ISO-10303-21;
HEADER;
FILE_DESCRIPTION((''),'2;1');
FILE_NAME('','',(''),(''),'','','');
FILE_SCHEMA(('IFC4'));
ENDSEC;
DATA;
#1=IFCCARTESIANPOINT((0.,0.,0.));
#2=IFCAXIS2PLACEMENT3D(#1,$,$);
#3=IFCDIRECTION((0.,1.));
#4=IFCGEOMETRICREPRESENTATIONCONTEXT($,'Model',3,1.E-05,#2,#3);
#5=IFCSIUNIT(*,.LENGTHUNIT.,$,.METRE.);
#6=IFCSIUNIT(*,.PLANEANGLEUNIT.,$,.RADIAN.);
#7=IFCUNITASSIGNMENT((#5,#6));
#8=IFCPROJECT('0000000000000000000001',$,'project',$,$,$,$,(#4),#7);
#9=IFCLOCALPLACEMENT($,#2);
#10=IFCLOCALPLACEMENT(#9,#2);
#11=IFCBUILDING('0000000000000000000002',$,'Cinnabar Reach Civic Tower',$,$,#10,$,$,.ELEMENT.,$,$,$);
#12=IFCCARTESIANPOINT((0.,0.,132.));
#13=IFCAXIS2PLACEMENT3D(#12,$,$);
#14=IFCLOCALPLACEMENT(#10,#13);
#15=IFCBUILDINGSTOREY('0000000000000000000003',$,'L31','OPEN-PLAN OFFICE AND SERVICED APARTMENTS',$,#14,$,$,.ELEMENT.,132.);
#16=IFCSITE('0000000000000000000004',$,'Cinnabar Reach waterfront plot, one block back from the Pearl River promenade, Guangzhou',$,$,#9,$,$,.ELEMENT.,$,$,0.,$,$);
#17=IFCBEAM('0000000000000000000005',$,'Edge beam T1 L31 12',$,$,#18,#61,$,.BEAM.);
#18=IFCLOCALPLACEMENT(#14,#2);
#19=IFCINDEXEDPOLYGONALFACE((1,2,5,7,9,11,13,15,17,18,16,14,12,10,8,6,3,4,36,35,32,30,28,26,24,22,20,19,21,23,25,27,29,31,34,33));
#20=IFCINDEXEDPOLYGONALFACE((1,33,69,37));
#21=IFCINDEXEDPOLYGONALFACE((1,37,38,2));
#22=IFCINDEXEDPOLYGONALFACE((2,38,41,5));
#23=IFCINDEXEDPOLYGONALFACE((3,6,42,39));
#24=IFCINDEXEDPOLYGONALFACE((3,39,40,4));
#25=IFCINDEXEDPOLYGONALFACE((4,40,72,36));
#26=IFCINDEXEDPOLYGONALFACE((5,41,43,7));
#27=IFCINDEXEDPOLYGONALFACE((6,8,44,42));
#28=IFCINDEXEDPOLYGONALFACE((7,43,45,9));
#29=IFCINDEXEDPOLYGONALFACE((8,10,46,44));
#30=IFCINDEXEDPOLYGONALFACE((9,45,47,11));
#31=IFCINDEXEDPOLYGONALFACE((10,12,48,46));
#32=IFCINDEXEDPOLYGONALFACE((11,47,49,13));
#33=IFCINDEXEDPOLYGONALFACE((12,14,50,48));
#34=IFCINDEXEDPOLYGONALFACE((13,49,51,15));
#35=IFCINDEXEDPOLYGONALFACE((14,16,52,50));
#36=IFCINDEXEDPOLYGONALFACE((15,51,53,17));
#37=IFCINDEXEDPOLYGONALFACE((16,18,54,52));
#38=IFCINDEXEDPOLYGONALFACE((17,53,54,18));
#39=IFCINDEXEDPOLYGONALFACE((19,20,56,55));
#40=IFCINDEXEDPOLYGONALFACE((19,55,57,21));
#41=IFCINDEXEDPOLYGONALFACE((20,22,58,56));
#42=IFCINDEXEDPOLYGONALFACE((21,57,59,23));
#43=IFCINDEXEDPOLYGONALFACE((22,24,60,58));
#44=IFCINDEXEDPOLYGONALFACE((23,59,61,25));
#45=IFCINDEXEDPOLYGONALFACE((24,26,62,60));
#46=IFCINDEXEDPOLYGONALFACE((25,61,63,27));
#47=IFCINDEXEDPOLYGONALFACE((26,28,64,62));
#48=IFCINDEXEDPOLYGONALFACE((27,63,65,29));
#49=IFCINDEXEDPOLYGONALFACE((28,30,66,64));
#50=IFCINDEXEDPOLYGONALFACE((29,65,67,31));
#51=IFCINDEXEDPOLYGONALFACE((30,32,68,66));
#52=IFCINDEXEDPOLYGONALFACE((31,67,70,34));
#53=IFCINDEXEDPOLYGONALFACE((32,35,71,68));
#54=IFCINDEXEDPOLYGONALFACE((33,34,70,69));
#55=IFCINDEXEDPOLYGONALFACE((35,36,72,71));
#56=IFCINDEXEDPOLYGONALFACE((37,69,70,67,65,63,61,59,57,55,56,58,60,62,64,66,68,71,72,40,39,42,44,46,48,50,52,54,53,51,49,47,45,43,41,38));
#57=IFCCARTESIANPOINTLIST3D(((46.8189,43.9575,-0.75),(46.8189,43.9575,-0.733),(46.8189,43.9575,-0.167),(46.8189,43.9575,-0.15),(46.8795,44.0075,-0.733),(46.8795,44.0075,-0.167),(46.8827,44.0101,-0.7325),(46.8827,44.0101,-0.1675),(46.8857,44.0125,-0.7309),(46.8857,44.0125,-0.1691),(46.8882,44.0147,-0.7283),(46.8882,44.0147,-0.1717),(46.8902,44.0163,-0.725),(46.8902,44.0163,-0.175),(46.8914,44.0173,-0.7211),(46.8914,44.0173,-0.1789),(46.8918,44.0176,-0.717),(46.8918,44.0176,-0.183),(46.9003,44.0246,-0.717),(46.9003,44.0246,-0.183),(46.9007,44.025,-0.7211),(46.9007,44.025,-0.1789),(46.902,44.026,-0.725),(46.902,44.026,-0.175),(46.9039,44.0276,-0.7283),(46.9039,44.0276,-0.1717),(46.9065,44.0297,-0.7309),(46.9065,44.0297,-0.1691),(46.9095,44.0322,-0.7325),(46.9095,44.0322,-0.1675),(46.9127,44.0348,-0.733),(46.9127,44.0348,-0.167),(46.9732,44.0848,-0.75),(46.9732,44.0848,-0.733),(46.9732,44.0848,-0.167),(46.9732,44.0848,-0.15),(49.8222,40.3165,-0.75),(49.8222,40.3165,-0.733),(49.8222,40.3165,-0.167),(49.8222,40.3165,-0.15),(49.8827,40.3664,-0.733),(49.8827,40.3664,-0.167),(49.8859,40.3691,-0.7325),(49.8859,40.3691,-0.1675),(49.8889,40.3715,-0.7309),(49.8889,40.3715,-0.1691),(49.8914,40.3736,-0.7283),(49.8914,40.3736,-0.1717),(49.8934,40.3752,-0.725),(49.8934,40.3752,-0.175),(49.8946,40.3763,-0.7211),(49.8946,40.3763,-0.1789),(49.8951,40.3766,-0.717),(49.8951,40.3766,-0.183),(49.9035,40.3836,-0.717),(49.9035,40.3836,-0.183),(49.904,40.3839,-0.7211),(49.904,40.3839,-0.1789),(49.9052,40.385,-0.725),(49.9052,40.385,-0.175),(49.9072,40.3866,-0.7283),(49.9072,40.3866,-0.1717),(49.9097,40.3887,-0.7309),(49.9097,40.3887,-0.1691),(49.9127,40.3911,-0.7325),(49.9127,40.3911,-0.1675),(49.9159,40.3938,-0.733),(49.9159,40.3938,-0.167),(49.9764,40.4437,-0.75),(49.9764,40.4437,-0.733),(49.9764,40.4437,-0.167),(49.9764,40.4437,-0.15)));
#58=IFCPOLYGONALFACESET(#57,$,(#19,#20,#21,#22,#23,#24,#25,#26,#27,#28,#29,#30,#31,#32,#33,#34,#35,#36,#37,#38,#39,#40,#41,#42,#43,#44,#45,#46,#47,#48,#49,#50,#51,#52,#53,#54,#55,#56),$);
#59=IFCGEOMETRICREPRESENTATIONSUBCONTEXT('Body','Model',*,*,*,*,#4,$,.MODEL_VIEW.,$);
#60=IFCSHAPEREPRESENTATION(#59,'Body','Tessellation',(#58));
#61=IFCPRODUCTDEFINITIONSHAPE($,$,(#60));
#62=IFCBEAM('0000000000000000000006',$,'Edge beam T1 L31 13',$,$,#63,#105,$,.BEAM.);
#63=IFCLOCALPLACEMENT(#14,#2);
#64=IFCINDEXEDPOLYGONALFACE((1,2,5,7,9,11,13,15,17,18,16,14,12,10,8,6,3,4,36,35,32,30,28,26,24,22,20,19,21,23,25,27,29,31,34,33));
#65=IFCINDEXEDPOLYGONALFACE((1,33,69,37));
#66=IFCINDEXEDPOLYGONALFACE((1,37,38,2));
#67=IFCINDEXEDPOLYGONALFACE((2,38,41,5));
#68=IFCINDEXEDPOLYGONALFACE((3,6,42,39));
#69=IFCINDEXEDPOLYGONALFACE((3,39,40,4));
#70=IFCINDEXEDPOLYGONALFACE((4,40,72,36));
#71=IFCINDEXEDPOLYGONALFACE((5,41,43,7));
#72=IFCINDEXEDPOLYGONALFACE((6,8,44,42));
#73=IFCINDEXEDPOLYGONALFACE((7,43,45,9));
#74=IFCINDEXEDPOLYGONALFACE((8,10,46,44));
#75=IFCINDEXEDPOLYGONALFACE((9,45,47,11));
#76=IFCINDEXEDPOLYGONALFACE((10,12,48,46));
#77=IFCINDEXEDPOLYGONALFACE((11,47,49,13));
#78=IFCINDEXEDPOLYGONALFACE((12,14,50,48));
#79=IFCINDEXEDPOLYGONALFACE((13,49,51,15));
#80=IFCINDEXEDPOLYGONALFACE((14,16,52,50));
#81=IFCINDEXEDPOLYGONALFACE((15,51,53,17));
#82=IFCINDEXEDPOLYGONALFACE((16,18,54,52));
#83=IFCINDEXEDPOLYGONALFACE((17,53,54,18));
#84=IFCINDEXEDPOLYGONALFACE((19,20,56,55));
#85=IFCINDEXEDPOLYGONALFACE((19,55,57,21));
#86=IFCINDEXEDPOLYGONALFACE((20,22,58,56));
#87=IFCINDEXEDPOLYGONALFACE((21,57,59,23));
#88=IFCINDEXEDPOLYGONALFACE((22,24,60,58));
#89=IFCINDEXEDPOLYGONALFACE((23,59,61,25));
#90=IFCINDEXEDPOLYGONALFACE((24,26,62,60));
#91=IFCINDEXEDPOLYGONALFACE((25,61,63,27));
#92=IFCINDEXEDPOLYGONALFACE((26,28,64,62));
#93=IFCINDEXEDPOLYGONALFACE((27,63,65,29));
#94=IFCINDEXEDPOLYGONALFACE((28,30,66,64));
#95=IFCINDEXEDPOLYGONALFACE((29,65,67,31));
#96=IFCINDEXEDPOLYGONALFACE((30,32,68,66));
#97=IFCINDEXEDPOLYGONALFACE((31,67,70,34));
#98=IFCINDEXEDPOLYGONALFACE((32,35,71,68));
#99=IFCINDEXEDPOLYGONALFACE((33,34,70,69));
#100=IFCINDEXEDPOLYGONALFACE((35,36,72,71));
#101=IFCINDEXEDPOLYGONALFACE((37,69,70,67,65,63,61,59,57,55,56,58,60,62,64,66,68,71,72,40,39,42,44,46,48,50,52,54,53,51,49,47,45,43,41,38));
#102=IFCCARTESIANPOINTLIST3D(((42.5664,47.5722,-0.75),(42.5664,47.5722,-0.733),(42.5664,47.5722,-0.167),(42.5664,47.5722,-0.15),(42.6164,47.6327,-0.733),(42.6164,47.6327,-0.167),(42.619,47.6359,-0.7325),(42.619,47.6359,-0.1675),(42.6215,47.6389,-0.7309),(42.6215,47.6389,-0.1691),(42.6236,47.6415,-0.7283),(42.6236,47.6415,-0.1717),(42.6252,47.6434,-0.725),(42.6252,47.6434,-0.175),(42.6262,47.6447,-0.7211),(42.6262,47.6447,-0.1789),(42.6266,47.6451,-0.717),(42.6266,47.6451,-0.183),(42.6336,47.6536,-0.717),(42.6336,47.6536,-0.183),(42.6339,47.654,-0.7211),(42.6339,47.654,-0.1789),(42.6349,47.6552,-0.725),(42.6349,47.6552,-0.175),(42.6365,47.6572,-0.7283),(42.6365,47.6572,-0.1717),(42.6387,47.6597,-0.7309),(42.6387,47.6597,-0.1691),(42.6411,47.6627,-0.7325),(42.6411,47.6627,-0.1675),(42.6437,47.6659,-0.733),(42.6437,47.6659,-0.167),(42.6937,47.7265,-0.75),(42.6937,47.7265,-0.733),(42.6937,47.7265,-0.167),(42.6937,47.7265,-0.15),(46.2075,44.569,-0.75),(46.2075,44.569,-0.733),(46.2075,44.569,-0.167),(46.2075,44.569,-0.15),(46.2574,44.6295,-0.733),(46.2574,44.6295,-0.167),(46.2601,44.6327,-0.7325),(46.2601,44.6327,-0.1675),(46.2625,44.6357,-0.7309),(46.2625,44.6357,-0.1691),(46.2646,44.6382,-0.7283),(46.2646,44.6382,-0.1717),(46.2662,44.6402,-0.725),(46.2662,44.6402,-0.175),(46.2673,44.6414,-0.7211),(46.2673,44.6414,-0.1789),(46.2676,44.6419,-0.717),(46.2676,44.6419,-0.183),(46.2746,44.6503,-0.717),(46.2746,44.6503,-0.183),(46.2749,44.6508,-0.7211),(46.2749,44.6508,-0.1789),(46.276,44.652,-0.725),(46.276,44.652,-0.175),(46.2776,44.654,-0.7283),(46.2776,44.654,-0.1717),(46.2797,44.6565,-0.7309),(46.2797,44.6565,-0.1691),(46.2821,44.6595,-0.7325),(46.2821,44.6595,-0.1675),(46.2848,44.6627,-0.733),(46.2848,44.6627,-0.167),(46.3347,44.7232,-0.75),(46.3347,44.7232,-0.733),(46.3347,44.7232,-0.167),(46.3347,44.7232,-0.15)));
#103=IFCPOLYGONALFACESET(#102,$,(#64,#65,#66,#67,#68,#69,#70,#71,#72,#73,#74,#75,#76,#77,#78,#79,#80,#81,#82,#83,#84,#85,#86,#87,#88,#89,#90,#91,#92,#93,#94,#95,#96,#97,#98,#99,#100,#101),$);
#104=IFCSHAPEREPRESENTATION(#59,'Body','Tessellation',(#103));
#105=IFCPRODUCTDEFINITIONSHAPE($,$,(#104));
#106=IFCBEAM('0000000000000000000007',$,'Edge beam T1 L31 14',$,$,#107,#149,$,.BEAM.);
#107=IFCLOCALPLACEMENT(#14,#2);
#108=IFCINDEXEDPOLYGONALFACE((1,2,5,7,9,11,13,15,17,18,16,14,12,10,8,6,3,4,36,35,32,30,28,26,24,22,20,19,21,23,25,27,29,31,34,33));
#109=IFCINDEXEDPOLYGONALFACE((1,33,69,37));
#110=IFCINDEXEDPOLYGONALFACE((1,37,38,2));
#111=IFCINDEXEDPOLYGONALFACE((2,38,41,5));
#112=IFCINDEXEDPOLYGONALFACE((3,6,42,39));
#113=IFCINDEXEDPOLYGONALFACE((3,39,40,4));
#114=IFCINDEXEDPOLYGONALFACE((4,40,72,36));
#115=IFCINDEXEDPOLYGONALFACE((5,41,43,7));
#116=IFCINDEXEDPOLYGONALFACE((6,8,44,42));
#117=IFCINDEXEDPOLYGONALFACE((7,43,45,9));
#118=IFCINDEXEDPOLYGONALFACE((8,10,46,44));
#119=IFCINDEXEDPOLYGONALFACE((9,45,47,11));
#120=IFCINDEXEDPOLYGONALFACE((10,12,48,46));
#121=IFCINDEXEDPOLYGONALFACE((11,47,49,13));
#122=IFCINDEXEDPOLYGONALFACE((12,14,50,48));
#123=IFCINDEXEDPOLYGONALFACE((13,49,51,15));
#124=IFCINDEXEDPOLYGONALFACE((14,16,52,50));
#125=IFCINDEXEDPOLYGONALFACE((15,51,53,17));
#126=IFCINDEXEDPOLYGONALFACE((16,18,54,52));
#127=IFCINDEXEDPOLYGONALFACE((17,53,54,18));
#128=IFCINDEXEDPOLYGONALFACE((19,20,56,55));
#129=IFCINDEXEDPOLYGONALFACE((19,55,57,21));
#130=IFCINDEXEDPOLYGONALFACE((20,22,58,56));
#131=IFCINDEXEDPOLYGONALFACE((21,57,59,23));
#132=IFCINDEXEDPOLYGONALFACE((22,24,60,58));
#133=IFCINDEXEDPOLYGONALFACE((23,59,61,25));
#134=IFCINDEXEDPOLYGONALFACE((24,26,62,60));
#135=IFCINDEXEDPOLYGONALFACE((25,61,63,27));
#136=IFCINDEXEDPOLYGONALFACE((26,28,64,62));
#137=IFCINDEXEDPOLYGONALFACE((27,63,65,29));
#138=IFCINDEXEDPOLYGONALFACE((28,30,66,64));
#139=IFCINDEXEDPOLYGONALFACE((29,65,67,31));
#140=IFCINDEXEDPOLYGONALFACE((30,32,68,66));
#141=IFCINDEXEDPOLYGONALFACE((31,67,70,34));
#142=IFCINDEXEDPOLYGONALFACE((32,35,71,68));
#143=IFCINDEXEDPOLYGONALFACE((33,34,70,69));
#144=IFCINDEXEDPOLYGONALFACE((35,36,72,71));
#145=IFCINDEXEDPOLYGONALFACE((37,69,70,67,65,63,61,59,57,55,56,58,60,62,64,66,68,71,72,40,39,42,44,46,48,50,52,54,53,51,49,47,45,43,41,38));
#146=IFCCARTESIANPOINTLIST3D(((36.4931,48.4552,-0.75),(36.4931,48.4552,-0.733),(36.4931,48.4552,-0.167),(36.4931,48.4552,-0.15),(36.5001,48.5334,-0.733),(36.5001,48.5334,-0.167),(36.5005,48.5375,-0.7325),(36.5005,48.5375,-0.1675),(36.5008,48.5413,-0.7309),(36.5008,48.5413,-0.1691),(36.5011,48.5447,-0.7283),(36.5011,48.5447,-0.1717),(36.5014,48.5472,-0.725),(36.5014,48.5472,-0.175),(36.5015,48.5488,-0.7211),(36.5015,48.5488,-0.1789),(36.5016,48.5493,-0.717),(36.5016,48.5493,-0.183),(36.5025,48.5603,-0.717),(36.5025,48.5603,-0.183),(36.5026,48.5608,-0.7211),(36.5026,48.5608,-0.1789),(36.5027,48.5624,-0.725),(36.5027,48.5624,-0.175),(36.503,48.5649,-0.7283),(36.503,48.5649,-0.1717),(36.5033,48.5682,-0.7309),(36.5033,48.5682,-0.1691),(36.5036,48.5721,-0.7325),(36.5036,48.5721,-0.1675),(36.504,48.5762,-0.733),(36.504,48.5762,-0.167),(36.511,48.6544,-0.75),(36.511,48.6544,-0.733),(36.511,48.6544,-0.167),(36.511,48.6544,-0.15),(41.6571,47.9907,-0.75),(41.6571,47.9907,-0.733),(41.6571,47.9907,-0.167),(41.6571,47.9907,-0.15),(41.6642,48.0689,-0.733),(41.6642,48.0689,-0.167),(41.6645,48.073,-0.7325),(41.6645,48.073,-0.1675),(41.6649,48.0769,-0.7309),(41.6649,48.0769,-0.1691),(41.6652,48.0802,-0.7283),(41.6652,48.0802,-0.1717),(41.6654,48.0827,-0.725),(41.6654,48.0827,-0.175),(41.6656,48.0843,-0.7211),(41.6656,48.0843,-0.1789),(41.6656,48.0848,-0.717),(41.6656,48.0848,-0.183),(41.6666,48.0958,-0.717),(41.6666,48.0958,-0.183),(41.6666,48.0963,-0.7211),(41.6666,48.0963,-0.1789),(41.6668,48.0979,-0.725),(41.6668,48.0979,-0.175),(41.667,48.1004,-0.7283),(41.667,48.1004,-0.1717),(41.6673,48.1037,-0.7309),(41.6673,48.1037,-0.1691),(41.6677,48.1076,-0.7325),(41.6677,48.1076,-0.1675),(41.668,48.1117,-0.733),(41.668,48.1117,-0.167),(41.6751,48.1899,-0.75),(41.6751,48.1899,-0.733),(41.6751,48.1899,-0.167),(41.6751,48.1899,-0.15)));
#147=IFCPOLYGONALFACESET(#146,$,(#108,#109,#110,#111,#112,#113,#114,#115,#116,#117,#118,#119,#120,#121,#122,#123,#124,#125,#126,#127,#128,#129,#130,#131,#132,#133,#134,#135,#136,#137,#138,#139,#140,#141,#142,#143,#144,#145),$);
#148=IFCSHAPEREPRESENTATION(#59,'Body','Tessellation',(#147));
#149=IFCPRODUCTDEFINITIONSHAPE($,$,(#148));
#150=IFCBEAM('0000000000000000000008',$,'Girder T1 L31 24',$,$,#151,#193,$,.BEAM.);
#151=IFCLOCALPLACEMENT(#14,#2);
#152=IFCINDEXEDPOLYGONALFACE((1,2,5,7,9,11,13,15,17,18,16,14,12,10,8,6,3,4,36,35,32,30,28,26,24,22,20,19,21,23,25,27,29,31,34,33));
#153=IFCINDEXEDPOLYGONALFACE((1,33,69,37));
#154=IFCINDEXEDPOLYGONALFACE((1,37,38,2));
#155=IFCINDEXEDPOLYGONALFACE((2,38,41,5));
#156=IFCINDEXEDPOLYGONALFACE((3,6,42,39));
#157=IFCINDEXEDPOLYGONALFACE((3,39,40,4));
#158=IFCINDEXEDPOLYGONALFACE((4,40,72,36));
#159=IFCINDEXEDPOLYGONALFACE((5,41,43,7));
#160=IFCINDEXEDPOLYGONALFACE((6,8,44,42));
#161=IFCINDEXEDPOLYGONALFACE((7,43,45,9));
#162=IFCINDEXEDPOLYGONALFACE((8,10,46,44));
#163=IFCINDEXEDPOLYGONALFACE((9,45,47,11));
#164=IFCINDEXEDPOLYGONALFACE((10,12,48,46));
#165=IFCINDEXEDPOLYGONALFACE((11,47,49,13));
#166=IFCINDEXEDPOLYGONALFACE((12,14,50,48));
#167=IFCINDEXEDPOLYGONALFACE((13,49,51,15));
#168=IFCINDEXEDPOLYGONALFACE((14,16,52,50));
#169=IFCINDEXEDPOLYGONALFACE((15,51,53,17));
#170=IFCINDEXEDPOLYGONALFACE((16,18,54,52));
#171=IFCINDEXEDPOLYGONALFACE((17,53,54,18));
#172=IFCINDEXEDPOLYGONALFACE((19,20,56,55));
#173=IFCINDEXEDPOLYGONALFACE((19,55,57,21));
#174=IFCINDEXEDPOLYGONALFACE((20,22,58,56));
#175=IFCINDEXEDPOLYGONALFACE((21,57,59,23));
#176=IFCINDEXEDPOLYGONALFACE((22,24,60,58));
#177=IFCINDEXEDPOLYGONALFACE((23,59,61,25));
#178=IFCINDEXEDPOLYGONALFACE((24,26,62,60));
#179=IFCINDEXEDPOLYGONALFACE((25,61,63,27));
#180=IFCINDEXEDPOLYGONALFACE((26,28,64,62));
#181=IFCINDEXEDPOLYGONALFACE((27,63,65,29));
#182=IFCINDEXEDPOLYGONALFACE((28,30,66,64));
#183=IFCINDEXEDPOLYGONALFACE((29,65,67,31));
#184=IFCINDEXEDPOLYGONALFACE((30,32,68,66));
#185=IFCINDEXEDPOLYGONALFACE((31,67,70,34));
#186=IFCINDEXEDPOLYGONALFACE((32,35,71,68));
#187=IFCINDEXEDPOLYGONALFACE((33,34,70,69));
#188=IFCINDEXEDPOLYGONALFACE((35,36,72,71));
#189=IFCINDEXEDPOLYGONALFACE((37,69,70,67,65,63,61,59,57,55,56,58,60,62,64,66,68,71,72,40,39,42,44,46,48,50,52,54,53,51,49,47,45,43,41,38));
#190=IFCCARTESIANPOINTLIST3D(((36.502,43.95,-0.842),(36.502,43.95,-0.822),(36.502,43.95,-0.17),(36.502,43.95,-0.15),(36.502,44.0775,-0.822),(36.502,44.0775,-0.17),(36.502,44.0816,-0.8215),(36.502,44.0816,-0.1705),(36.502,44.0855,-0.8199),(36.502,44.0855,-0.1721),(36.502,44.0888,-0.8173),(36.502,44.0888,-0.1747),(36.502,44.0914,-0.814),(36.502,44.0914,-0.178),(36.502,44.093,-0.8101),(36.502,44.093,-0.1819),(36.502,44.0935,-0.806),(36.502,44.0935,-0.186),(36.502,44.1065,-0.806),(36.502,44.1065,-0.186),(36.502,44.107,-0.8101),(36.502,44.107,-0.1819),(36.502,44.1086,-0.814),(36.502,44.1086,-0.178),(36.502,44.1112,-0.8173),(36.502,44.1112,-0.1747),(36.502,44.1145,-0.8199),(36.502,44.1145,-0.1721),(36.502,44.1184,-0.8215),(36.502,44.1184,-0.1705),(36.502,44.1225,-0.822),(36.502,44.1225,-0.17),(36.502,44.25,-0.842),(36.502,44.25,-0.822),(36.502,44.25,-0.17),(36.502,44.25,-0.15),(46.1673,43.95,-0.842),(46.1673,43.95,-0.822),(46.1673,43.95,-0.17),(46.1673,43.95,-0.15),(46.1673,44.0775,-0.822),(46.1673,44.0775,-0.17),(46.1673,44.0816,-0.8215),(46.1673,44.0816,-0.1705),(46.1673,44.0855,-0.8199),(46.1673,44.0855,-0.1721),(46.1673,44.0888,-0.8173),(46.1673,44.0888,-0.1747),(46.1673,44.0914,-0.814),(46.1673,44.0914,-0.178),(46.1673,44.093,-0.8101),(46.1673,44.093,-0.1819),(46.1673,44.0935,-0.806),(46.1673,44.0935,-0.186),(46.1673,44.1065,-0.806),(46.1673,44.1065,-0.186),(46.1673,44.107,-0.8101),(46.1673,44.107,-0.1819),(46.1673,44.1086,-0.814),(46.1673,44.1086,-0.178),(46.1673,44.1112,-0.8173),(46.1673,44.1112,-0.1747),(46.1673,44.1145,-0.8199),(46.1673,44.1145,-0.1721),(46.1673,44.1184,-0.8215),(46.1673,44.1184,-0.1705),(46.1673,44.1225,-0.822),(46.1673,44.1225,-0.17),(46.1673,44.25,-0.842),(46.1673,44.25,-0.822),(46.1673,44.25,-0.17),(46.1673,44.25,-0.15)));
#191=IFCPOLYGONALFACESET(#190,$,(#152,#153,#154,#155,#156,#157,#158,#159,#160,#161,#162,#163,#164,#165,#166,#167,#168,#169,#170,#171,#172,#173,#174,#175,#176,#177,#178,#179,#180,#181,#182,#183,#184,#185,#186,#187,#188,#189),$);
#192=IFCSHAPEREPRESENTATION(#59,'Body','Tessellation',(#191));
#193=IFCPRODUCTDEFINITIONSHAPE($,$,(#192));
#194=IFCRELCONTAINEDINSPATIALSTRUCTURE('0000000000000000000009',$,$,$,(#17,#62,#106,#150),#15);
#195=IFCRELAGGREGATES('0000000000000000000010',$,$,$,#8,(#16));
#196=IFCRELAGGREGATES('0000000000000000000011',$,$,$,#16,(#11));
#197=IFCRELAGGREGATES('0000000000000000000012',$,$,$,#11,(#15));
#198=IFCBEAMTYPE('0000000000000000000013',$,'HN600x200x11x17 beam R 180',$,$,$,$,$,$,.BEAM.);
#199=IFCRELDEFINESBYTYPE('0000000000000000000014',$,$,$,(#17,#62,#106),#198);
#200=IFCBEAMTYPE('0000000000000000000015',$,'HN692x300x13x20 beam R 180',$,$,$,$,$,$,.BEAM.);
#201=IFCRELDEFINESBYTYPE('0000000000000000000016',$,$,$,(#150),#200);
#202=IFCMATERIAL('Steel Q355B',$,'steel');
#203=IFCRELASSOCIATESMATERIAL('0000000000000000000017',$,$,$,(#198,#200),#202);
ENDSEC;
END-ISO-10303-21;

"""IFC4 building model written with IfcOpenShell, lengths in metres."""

from ifc_helpers import new_model, si_unit, direction, frame, origin, origin_2d, place, context, subcontext, project, spatial, i_section, extrude, material, material_profile, profile_set, type_object, element, save


model = new_model("IFC4")

# Units and contexts
model_context = context("Model", 3, precision=1e-05, world=origin(), true_north=direction((0.0, 1.0)))
body_context = subcontext(model_context, "Body", "Model", "MODEL_VIEW")
ifc_project = project(units=[si_unit("LENGTHUNIT", "METRE"), si_unit("PLANEANGLEUNIT", "RADIAN")], contexts=[model_context])

# Site, building, storey
site_placement = place(None, origin())
site = spatial("IfcSite", under=ifc_project, at=site_placement, Name="Cinnabar Reach waterfront plot, one block back from the Pearl River promenade, Guangzhou", CompositionType="ELEMENT", RefElevation=0.0)
building_placement = place(site_placement, origin())
building = spatial("IfcBuilding", under=site, at=building_placement, Name="Cinnabar Reach Civic Tower", CompositionType="ELEMENT")
storey_placement = place(building_placement, frame((0.0, 0.0, 132.0)))
storey = spatial("IfcBuildingStorey", under=building, at=storey_placement, Name="L31", Description="OPEN-PLAN OFFICE AND SERVICED APARTMENTS", CompositionType="ELEMENT", Elevation=132.0)

# Beams
ifc_material_1 = material(Name="Steel Q355B", Category="steel")
ifc_material_profile_1 = material_profile(ifc_material_1, i_section(OverallWidth=0.2, OverallDepth=0.6, WebThickness=0.011, FlangeThickness=0.017, FilletRadius=0.016, at=origin_2d()), Name="HN600x200x11x17")
ifc_profile_set_1 = profile_set([ifc_material_profile_1], Name="Steel Q355B")
beam_type_1 = type_object("IfcBeamType", Name="HN600x200x11x17 beam R 180", PredefinedType="BEAM", material=ifc_profile_set_1)
for number, where, z_axis, x_axis, name in (
    (1, (49.8993, 40.3801, -0.45), (-0.636304, 0.771438, 0.0), (-0.771438, -0.636304, 0.0), "Edge beam T1 L31 12"),
    (2, (46.2711, 44.6461, -0.45), (-0.771438, 0.636304, 0.0), (-0.636304, -0.771438, 0.0), "Edge beam T1 L31 13"),
):
    element("IfcBeam", number, at=place(storey_placement, frame(where, z_axis=z_axis, x_axis=x_axis)), inside=storey, type_object=beam_type_1, Name=name, PredefinedType="BEAM", context=body_context, shape_type="SweptSolid", body=[
        extrude(i_section(OverallWidth=0.2, OverallDepth=0.6, WebThickness=0.011, FlangeThickness=0.017, FilletRadius=0.016, at=origin_2d()), origin(), (0.0, 0.0, 1.0), 4.7198),
    ])
beam_1_placement = place(storey_placement, frame((41.6661, 48.0903, -0.45), z_axis=(-0.995979, 0.089586, 0.0), x_axis=(-0.089586, -0.995979, 0.0)))
element("IfcBeam", 3, at=beam_1_placement, inside=storey, type_object=beam_type_1, Name="Edge beam T1 L31 14", PredefinedType="BEAM", context=body_context, shape_type="SweptSolid", body=[
    extrude(i_section(OverallWidth=0.2, OverallDepth=0.6, WebThickness=0.011, FlangeThickness=0.017, FilletRadius=0.016, at=origin_2d()), origin(), (0.0, 0.0, 1.0), 5.1849),
])
ifc_material_profile_2 = material_profile(ifc_material_1, i_section(OverallWidth=0.3, OverallDepth=0.692, WebThickness=0.013, FlangeThickness=0.02, FilletRadius=0.016, at=origin_2d()), Name="HN692x300x13x20")
ifc_profile_set_2 = profile_set([ifc_material_profile_2], Name="Steel Q355B")
beam_type_2 = type_object("IfcBeamType", Name="HN692x300x13x20 beam R 180", PredefinedType="BEAM", material=ifc_profile_set_2)
beam_2_placement = place(storey_placement, frame((36.502, 44.1, -0.496), z_axis=(1.0, 0.0, 0.0), x_axis=(0.0, 1.0, 0.0)))
element("IfcBeam", 4, at=beam_2_placement, inside=storey, type_object=beam_type_2, Name="Girder T1 L31 24", PredefinedType="BEAM", context=body_context, shape_type="SweptSolid", body=[
    extrude(i_section(OverallWidth=0.3, OverallDepth=0.692, WebThickness=0.013, FlangeThickness=0.02, FilletRadius=0.016, at=origin_2d()), origin(), (0.0, 0.0, 1.0), 9.6653),
])

save(model, "model.ifc")
